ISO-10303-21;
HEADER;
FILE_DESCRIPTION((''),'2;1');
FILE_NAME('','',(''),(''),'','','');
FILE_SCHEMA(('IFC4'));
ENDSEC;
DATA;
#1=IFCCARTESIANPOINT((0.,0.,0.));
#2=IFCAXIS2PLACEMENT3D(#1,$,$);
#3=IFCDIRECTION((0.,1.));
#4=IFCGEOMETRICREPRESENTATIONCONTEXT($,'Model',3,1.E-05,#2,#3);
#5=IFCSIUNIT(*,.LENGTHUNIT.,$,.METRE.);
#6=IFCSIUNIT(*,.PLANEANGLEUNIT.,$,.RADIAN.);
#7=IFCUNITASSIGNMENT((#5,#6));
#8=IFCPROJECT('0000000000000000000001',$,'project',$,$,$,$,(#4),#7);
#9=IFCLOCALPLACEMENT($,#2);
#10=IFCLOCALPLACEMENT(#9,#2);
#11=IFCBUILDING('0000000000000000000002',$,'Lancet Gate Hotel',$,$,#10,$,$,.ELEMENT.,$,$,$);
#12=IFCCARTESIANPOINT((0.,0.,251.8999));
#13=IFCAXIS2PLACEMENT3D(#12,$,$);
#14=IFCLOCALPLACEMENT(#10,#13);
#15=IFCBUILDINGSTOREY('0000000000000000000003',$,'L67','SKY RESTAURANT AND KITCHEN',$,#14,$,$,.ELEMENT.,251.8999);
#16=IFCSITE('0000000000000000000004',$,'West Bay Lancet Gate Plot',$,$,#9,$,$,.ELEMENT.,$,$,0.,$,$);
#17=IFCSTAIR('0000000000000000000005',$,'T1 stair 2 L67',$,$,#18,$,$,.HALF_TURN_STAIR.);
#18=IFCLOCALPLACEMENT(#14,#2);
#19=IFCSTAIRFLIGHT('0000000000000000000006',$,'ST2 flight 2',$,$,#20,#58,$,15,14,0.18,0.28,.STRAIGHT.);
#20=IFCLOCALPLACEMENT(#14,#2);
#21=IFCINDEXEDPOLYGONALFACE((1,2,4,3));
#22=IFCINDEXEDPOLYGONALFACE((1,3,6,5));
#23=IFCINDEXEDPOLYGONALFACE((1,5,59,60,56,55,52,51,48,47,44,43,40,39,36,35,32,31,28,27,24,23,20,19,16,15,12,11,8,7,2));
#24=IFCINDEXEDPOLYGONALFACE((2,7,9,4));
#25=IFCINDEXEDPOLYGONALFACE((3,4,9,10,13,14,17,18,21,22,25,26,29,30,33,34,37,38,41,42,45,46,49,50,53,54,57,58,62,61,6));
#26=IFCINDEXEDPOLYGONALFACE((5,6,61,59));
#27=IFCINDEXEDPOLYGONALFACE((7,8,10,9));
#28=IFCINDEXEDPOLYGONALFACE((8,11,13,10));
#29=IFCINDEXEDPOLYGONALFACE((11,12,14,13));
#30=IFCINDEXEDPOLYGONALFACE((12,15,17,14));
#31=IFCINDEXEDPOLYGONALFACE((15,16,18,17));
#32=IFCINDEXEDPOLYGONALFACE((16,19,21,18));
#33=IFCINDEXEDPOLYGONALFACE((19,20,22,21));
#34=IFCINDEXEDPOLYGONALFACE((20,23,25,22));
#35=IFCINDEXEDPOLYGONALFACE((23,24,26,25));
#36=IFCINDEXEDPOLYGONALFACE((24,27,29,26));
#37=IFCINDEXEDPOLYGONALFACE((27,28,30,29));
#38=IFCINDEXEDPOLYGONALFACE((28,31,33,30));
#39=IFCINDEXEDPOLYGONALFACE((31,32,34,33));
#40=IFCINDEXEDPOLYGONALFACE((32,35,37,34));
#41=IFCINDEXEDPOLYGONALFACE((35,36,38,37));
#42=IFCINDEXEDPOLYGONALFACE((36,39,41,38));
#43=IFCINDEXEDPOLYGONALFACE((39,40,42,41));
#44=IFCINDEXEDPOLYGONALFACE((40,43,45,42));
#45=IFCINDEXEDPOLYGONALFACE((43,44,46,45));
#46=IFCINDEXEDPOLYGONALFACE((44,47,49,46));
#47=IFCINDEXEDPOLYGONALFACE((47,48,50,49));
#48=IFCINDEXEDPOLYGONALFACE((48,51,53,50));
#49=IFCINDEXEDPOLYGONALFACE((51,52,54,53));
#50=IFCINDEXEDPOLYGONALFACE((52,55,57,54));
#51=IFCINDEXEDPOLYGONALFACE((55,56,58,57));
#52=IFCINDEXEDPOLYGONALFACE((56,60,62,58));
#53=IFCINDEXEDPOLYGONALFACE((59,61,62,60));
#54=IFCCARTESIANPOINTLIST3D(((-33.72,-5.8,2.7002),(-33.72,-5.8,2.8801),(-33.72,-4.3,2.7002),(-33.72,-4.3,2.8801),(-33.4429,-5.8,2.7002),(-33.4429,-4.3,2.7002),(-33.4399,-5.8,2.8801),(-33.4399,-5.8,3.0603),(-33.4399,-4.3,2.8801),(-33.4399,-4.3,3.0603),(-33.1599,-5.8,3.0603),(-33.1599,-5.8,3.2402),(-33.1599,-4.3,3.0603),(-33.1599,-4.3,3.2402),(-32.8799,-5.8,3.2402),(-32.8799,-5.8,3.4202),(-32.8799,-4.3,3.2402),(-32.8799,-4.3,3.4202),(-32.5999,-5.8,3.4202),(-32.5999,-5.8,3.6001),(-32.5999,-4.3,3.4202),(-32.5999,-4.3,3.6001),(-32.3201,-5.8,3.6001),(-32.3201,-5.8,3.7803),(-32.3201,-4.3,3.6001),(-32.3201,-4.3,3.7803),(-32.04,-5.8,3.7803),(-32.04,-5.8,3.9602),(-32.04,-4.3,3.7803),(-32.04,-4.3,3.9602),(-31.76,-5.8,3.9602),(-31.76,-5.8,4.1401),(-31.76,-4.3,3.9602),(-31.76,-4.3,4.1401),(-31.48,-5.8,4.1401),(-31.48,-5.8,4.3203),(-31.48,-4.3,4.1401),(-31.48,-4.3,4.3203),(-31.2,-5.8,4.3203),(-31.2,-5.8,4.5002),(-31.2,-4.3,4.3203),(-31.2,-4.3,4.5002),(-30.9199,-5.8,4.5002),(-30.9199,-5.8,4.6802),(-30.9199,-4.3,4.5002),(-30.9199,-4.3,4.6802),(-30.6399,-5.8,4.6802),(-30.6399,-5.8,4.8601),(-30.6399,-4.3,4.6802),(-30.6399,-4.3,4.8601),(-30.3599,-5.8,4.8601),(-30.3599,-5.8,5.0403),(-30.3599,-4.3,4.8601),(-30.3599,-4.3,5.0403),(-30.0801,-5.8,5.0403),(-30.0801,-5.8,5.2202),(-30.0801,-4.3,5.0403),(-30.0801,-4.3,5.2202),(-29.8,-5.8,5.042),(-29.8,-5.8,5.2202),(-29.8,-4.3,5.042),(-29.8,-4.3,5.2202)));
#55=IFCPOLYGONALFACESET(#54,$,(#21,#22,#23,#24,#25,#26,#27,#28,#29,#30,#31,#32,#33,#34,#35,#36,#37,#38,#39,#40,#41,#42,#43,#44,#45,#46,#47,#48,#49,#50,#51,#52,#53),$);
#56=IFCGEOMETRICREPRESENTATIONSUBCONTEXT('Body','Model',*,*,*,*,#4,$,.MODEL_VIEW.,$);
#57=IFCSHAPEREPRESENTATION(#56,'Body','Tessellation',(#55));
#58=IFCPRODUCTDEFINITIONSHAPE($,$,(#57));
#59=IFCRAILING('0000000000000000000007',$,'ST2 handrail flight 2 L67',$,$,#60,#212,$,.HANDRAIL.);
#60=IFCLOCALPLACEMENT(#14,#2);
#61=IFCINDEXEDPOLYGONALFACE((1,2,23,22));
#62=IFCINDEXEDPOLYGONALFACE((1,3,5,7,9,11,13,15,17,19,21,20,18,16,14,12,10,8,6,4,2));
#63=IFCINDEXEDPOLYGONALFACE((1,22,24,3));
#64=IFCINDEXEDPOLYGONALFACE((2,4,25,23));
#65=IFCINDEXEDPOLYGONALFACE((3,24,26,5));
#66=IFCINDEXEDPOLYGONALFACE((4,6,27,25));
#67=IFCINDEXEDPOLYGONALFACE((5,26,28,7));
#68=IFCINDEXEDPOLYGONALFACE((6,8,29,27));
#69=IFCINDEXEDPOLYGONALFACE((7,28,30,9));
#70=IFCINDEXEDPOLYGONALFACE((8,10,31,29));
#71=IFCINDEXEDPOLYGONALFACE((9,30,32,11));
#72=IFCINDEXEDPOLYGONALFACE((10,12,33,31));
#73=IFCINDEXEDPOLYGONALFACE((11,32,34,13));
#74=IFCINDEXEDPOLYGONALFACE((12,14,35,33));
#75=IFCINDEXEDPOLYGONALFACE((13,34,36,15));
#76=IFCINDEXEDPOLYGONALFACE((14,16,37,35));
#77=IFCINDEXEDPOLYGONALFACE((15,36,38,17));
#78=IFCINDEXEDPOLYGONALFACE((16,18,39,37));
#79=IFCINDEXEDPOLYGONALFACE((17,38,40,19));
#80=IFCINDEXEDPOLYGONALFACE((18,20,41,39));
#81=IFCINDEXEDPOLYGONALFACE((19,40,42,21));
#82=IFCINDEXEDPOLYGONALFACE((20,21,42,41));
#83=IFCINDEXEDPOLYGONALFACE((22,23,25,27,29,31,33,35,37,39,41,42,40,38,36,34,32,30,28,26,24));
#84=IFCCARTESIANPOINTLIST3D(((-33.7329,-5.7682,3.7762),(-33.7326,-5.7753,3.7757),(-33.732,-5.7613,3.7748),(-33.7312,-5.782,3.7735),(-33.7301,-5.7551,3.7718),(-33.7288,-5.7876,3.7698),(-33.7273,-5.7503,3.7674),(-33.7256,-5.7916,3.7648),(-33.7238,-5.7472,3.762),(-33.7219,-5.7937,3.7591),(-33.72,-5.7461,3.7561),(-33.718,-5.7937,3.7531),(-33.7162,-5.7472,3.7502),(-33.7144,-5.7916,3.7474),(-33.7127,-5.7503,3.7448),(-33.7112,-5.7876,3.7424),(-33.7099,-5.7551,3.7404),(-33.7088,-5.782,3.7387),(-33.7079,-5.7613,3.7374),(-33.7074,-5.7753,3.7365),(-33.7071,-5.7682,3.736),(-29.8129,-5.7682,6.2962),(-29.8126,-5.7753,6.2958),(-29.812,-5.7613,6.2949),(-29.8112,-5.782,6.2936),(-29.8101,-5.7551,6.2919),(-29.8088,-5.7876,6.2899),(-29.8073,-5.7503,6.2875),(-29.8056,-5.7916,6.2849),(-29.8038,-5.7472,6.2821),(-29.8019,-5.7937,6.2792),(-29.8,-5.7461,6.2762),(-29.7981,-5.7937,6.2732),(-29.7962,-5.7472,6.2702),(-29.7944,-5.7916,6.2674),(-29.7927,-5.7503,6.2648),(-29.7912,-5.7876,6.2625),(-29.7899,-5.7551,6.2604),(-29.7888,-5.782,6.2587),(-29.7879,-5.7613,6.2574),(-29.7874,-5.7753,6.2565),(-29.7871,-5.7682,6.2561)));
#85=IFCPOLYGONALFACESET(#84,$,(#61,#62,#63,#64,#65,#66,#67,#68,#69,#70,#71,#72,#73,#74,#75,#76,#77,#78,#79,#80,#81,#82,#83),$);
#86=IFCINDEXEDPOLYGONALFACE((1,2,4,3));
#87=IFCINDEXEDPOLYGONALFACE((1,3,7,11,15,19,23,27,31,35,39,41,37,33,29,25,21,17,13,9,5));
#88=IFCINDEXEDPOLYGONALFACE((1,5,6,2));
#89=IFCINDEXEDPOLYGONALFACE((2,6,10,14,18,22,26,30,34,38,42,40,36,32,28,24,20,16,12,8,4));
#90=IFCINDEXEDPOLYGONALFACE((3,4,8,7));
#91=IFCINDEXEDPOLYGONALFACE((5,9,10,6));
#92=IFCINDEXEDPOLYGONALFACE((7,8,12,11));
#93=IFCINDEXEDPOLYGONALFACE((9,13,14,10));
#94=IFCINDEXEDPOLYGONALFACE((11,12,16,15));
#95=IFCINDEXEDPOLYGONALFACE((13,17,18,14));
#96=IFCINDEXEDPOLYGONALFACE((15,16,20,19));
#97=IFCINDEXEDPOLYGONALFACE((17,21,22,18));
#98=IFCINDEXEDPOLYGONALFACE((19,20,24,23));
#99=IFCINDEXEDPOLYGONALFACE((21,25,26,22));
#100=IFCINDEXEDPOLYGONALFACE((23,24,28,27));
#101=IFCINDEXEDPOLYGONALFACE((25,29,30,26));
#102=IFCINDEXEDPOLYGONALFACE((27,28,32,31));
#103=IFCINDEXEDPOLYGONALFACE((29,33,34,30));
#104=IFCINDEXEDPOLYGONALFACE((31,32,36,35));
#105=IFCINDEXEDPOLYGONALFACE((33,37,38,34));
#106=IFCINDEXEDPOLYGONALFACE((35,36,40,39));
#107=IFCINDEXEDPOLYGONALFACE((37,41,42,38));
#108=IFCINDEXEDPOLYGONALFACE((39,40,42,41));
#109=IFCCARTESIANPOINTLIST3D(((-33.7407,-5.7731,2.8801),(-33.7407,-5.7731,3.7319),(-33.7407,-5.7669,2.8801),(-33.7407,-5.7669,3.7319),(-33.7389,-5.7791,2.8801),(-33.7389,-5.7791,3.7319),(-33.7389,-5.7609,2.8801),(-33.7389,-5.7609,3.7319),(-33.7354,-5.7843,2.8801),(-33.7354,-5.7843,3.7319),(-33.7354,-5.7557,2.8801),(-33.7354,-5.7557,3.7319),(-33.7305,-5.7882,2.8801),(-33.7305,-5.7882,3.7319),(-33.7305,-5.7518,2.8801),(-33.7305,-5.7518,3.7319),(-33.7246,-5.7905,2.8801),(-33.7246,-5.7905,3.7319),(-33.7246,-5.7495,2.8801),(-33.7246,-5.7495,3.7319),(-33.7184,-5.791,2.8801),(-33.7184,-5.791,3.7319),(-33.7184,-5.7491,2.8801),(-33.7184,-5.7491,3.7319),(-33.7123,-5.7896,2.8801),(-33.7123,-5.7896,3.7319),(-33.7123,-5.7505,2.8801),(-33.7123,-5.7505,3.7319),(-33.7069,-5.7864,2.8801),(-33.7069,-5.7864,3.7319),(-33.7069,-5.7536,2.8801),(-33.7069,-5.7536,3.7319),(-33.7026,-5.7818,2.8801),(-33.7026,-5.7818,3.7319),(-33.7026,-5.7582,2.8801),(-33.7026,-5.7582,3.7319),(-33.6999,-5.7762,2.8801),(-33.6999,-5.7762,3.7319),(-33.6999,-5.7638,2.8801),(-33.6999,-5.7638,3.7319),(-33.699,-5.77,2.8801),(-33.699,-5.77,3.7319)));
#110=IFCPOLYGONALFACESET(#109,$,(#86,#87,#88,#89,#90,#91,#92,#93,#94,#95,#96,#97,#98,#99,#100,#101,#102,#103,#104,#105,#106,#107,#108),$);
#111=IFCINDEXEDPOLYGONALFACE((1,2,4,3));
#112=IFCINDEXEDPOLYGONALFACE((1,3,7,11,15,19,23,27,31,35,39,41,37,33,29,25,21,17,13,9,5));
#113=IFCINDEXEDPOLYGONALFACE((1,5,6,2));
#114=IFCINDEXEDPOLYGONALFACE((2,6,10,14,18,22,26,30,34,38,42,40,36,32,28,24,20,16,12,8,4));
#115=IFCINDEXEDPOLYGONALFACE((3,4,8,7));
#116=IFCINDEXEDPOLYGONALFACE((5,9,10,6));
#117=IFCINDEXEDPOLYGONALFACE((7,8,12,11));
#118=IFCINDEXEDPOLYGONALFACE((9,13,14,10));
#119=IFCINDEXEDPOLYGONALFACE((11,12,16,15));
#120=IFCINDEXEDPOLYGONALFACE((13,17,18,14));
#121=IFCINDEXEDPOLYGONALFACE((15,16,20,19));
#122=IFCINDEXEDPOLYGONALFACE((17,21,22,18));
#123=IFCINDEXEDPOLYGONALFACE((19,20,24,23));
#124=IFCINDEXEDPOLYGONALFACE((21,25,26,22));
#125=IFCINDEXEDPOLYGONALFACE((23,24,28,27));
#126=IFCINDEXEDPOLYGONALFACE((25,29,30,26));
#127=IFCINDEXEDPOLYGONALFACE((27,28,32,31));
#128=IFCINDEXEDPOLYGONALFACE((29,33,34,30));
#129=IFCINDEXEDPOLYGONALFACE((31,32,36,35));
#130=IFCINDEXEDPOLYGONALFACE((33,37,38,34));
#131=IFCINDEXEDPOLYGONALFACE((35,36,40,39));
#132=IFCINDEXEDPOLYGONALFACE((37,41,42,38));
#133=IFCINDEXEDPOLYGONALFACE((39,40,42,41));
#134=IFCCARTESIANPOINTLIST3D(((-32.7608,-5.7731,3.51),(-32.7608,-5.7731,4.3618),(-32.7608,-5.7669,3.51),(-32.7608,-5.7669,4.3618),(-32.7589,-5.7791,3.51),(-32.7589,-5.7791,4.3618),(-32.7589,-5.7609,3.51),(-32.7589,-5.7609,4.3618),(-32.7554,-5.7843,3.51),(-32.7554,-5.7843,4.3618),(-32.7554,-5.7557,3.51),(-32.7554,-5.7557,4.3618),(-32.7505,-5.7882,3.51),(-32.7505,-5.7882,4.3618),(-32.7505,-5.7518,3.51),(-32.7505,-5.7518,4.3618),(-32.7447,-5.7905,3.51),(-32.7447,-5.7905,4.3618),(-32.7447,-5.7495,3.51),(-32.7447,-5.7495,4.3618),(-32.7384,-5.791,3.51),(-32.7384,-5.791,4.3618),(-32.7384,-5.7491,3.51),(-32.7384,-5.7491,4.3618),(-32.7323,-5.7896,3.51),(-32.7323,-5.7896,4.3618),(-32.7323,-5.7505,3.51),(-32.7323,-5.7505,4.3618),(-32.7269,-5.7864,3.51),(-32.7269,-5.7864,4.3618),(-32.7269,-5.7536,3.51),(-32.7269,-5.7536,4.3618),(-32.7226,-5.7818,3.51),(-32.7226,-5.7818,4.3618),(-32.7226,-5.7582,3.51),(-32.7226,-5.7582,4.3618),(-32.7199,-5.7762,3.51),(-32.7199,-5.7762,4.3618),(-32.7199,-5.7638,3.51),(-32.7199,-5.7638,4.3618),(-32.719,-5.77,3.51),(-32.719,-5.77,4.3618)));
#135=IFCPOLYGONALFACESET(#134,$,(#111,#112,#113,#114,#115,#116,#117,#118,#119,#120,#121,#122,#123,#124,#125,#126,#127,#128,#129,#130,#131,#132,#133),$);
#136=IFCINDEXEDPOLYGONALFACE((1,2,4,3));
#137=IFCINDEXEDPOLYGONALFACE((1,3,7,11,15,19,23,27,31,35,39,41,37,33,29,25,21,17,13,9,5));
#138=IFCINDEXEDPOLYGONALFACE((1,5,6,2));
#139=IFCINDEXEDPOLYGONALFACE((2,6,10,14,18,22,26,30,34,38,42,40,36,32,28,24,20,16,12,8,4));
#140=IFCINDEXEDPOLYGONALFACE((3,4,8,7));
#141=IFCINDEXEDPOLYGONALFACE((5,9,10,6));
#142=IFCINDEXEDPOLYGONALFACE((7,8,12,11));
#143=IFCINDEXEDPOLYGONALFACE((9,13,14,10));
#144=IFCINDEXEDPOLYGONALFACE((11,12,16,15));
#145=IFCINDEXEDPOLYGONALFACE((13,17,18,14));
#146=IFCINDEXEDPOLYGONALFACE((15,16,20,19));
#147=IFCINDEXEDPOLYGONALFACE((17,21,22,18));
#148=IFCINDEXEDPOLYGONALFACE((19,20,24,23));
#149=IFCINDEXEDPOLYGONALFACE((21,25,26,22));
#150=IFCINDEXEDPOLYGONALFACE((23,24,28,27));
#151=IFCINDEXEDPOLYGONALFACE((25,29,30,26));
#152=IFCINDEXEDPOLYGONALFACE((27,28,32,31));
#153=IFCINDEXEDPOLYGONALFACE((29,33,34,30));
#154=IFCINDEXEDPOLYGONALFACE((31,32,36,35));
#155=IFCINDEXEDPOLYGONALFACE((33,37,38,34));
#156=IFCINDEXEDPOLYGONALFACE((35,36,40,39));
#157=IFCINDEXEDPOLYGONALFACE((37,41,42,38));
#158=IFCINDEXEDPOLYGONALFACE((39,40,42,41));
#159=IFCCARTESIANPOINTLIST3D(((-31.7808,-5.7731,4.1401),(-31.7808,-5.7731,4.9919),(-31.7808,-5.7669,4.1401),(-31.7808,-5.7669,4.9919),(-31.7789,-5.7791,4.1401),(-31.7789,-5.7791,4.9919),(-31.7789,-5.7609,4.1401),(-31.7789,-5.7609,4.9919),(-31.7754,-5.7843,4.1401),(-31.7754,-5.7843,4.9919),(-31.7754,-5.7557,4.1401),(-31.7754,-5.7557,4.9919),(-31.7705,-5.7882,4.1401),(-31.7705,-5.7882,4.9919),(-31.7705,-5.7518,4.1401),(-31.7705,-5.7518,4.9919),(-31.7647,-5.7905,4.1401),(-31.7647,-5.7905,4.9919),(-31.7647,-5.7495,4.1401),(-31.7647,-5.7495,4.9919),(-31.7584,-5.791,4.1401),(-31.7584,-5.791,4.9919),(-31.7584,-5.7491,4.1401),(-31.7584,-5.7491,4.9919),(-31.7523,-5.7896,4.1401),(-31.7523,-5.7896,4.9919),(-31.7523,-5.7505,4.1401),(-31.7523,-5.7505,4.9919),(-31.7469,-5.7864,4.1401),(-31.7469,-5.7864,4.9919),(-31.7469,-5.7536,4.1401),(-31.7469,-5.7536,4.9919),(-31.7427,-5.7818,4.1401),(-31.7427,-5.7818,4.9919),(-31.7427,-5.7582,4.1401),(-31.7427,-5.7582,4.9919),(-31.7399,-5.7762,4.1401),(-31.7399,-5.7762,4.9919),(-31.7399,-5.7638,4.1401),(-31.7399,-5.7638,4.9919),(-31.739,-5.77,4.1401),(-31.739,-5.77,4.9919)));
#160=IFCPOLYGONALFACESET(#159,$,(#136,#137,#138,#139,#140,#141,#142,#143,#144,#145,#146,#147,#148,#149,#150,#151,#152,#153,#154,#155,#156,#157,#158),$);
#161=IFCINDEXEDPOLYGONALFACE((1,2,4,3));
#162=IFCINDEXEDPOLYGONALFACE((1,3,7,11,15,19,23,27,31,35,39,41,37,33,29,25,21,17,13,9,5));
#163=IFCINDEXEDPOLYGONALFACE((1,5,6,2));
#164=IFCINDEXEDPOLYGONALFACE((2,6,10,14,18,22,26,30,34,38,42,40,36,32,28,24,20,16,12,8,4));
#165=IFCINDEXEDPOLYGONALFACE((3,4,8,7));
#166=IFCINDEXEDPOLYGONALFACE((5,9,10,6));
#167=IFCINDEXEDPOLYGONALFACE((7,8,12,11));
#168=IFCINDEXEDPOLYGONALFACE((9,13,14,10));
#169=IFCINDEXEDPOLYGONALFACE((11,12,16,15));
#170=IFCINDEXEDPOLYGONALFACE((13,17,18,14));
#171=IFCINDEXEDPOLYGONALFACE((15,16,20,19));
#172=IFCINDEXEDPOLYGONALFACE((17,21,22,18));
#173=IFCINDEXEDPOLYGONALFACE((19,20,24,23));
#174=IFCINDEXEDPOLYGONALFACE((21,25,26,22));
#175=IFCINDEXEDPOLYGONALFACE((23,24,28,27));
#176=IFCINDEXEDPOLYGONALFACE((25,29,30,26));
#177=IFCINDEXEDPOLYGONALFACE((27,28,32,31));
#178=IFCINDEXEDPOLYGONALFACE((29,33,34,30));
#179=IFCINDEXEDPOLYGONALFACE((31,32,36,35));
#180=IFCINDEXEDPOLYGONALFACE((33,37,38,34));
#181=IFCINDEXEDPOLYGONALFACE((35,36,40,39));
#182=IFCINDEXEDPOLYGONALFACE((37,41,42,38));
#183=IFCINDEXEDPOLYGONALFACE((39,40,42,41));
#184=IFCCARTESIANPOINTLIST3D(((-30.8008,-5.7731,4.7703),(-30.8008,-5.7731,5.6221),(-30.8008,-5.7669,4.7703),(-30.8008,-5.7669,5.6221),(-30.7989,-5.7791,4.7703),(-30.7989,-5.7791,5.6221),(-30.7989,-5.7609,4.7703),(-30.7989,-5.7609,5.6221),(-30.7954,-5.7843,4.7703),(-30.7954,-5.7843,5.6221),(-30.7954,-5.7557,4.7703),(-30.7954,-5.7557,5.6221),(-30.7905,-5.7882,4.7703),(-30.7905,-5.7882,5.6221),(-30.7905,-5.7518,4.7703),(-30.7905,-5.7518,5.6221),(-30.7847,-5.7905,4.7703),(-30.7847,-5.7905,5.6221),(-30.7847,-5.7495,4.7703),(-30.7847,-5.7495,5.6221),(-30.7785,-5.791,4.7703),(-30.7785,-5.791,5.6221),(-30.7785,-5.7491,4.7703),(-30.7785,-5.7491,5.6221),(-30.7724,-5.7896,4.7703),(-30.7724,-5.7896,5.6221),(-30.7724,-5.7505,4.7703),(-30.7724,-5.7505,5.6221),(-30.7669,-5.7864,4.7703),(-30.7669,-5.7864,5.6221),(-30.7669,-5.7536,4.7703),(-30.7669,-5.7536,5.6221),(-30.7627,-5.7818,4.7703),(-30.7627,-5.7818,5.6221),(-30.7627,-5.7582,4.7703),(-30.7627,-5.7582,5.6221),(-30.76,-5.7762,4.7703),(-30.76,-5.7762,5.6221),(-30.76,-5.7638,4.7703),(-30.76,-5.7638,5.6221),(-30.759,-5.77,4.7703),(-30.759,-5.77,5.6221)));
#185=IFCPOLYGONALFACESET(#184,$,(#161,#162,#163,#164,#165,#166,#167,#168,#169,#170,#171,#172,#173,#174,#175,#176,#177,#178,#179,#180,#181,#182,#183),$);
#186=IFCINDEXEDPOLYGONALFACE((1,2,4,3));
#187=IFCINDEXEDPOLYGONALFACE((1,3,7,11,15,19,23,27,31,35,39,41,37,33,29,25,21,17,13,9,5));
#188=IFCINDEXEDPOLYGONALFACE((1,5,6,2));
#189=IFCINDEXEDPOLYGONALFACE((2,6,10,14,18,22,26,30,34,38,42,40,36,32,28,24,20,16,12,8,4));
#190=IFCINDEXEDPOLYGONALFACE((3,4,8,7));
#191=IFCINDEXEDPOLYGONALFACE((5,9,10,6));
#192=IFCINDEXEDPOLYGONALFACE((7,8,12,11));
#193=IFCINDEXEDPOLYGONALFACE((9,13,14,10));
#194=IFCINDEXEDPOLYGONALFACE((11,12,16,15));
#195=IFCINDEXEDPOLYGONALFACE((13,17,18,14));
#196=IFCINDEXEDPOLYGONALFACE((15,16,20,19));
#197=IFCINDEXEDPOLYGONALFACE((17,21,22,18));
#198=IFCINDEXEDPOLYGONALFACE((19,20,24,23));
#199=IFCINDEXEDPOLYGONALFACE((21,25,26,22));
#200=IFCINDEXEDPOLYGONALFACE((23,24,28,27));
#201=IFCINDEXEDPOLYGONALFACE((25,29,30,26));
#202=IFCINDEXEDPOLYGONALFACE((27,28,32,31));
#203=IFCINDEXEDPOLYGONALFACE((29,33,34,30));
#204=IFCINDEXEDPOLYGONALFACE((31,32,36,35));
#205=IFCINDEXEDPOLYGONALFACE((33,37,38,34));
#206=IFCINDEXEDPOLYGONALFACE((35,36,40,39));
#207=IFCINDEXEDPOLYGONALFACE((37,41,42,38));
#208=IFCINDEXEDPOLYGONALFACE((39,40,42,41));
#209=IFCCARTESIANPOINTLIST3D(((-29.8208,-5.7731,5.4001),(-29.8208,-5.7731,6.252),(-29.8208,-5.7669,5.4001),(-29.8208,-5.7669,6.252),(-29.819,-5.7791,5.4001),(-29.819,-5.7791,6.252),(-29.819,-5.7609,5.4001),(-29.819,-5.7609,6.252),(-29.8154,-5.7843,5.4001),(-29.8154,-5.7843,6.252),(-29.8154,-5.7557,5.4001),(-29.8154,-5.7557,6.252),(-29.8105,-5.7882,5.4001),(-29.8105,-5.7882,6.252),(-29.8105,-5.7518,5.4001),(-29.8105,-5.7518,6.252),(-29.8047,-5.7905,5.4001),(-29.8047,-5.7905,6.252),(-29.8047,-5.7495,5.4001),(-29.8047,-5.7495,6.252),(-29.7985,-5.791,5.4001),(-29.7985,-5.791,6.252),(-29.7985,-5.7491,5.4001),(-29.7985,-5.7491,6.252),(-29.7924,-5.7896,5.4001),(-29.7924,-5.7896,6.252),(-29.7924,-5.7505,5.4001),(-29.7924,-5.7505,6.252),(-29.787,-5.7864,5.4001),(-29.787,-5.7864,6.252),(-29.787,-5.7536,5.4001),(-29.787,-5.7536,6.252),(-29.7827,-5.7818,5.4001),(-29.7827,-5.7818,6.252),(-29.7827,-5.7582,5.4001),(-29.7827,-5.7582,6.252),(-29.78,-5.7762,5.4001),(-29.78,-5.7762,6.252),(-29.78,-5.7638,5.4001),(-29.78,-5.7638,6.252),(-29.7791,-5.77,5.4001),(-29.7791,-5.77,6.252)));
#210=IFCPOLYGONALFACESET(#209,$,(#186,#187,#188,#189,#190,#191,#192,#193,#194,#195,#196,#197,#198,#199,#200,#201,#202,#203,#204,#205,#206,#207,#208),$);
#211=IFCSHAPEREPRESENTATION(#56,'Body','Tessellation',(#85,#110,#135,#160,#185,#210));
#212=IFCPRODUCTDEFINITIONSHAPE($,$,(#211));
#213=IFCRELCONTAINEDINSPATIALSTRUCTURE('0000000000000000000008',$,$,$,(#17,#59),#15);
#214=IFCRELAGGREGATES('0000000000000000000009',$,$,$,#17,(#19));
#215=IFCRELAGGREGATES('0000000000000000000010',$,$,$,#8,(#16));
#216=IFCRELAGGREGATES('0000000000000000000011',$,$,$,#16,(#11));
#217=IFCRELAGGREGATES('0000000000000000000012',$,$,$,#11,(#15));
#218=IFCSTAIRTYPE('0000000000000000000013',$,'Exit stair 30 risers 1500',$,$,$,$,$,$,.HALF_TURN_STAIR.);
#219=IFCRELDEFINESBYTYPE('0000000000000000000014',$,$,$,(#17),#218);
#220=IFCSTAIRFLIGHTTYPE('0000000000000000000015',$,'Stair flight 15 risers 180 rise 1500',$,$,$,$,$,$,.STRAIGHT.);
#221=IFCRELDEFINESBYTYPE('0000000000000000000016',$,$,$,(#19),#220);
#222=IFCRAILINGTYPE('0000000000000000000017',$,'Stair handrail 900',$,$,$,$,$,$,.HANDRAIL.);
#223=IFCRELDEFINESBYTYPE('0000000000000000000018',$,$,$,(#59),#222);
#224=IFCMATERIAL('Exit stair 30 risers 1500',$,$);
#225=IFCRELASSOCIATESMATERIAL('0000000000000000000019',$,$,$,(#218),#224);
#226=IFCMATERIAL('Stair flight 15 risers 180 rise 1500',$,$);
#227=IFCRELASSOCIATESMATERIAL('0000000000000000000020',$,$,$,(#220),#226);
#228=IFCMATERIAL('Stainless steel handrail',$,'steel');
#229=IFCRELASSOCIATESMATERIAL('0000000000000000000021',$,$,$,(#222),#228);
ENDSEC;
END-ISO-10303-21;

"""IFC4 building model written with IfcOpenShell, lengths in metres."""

from ifc_helpers import new_model, si_unit, direction, frame, origin, origin_2d, place, context, subcontext, project, spatial, polyline, circle, outline, extrude, material, type_object, element, aggregate, save


model = new_model("IFC4")

# Units and contexts
model_context = context("Model", 3, precision=1e-05, world=origin(), true_north=direction((0.0, 1.0)))
body_context = subcontext(model_context, "Body", "Model", "MODEL_VIEW")
ifc_project = project(units=[si_unit("LENGTHUNIT", "METRE"), si_unit("PLANEANGLEUNIT", "RADIAN")], contexts=[model_context])

# Site, building, storey
site_placement = place(None, origin())
site = spatial("IfcSite", under=ifc_project, at=site_placement, Name="West Bay Lancet Gate Plot", CompositionType="ELEMENT", RefElevation=0.0)
building_placement = place(site_placement, origin())
building = spatial("IfcBuilding", under=site, at=building_placement, Name="Lancet Gate Hotel", CompositionType="ELEMENT")
storey_placement = place(building_placement, frame((0.0, 0.0, 251.8999)))
storey = spatial("IfcBuildingStorey", under=building, at=storey_placement, Name="L67", Description="SKY RESTAURANT AND KITCHEN", CompositionType="ELEMENT", Elevation=251.8999)

# Stair, stair flight
ifc_material_1 = material(Name="Exit stair 30 risers 1500")
stair_type = type_object("IfcStairType", Name="Exit stair 30 risers 1500", PredefinedType="HALF_TURN_STAIR", material=ifc_material_1)
stair_placement = place(storey_placement, origin())
stair = element("IfcStair", 1, at=stair_placement, inside=storey, type_object=stair_type, Name="T1 stair 2 L67", PredefinedType="HALF_TURN_STAIR")
ifc_material_2 = material(Name="Stair flight 15 risers 180 rise 1500")
stair_flight_type = type_object("IfcStairFlightType", Name="Stair flight 15 risers 180 rise 1500", PredefinedType="STRAIGHT", material=ifc_material_2)
stair_flight_placement = place(storey_placement, frame((-33.72, -5.05, 2.7002), z_axis=(0.0, 0.0, 1.0), x_axis=(1.0, 0.0, 0.0)))
stair_flight = element("IfcStairFlight", 2, at=stair_flight_placement, type_object=stair_flight_type, Name="ST2 flight 2", NumberOfRisers=15, NumberOfTreads=14, PredefinedType="STRAIGHT", RiserHeight=0.18, TreadLength=0.28, context=body_context, shape_type="SweptSolid", body=[
    extrude(outline(polyline([(0.0, 0.0), (0.0, 0.1799), (0.28, 0.1799), (0.28, 0.3601), (0.5601, 0.3601), (0.5601, 0.54), (0.8401, 0.54), (0.8401, 0.72), (1.1201, 0.72), (1.1201, 0.8999), (1.3999, 0.8999), (1.3999, 1.0801), (1.6799, 1.0801), (1.6799, 1.26), (1.96, 1.26), (1.96, 1.4399), (2.24, 1.4399), (2.24, 1.6201), (2.52, 1.6201), (2.52, 1.8), (2.8, 1.8), (2.8, 1.98), (3.0801, 1.98), (3.0801, 2.1599), (3.3601, 2.1599), (3.3601, 2.3401), (3.6399, 2.3401), (3.6399, 2.52), (3.9199, 2.52), (3.9199, 2.7), (3.9199, 2.3418), (0.2771, 0.0), (0.0, 0.0)])), frame((0.0, 0.75, 0.0), z_axis=(0.0, -1.0, 0.0), x_axis=(1.0, 0.0, 0.0)), (0.0, 0.0, 1.0), 1.5),
])
aggregate(stair, [stair_flight])

# Railing
ifc_material_3 = material(Name="Stainless steel handrail", Category="steel")
railing_type = type_object("IfcRailingType", Name="Stair handrail 900", PredefinedType="HANDRAIL", material=ifc_material_3)
railing_placement = place(storey_placement, frame((-33.72, -5.77, 2.8801)))
element("IfcRailing", 3, at=railing_placement, inside=storey, type_object=railing_type, Name="ST2 handrail flight 2 L67", PredefinedType="HANDRAIL", context=body_context, shape_type="SweptSolid", body=[
    extrude(circle(Radius=0.0239, at=origin_2d()), frame((0.0, 0.0, 0.876), z_axis=(0.841172, 0.0, 0.540768), x_axis=(0.0, 1.0, 0.0)), (0.0, 0.0, 1.0), 4.6602),
    extrude(circle(Radius=0.021, at=origin_2d()), origin(), (0.0, 0.0, 1.0), 0.8518),
    extrude(circle(Radius=0.021, at=origin_2d()), frame((0.98, 0.0, 0.6299)), (0.0, 0.0, 1.0), 0.8518),
    extrude(circle(Radius=0.021, at=origin_2d()), frame((1.96, 0.0, 1.26)), (0.0, 0.0, 1.0), 0.8518),
    extrude(circle(Radius=0.021, at=origin_2d()), frame((2.9399, 0.0, 1.8901)), (0.0, 0.0, 1.0), 0.8518),
    extrude(circle(Radius=0.021, at=origin_2d()), frame((3.9199, 0.0, 2.52)), (0.0, 0.0, 1.0), 0.8518),
])

save(model, "model.ifc")
